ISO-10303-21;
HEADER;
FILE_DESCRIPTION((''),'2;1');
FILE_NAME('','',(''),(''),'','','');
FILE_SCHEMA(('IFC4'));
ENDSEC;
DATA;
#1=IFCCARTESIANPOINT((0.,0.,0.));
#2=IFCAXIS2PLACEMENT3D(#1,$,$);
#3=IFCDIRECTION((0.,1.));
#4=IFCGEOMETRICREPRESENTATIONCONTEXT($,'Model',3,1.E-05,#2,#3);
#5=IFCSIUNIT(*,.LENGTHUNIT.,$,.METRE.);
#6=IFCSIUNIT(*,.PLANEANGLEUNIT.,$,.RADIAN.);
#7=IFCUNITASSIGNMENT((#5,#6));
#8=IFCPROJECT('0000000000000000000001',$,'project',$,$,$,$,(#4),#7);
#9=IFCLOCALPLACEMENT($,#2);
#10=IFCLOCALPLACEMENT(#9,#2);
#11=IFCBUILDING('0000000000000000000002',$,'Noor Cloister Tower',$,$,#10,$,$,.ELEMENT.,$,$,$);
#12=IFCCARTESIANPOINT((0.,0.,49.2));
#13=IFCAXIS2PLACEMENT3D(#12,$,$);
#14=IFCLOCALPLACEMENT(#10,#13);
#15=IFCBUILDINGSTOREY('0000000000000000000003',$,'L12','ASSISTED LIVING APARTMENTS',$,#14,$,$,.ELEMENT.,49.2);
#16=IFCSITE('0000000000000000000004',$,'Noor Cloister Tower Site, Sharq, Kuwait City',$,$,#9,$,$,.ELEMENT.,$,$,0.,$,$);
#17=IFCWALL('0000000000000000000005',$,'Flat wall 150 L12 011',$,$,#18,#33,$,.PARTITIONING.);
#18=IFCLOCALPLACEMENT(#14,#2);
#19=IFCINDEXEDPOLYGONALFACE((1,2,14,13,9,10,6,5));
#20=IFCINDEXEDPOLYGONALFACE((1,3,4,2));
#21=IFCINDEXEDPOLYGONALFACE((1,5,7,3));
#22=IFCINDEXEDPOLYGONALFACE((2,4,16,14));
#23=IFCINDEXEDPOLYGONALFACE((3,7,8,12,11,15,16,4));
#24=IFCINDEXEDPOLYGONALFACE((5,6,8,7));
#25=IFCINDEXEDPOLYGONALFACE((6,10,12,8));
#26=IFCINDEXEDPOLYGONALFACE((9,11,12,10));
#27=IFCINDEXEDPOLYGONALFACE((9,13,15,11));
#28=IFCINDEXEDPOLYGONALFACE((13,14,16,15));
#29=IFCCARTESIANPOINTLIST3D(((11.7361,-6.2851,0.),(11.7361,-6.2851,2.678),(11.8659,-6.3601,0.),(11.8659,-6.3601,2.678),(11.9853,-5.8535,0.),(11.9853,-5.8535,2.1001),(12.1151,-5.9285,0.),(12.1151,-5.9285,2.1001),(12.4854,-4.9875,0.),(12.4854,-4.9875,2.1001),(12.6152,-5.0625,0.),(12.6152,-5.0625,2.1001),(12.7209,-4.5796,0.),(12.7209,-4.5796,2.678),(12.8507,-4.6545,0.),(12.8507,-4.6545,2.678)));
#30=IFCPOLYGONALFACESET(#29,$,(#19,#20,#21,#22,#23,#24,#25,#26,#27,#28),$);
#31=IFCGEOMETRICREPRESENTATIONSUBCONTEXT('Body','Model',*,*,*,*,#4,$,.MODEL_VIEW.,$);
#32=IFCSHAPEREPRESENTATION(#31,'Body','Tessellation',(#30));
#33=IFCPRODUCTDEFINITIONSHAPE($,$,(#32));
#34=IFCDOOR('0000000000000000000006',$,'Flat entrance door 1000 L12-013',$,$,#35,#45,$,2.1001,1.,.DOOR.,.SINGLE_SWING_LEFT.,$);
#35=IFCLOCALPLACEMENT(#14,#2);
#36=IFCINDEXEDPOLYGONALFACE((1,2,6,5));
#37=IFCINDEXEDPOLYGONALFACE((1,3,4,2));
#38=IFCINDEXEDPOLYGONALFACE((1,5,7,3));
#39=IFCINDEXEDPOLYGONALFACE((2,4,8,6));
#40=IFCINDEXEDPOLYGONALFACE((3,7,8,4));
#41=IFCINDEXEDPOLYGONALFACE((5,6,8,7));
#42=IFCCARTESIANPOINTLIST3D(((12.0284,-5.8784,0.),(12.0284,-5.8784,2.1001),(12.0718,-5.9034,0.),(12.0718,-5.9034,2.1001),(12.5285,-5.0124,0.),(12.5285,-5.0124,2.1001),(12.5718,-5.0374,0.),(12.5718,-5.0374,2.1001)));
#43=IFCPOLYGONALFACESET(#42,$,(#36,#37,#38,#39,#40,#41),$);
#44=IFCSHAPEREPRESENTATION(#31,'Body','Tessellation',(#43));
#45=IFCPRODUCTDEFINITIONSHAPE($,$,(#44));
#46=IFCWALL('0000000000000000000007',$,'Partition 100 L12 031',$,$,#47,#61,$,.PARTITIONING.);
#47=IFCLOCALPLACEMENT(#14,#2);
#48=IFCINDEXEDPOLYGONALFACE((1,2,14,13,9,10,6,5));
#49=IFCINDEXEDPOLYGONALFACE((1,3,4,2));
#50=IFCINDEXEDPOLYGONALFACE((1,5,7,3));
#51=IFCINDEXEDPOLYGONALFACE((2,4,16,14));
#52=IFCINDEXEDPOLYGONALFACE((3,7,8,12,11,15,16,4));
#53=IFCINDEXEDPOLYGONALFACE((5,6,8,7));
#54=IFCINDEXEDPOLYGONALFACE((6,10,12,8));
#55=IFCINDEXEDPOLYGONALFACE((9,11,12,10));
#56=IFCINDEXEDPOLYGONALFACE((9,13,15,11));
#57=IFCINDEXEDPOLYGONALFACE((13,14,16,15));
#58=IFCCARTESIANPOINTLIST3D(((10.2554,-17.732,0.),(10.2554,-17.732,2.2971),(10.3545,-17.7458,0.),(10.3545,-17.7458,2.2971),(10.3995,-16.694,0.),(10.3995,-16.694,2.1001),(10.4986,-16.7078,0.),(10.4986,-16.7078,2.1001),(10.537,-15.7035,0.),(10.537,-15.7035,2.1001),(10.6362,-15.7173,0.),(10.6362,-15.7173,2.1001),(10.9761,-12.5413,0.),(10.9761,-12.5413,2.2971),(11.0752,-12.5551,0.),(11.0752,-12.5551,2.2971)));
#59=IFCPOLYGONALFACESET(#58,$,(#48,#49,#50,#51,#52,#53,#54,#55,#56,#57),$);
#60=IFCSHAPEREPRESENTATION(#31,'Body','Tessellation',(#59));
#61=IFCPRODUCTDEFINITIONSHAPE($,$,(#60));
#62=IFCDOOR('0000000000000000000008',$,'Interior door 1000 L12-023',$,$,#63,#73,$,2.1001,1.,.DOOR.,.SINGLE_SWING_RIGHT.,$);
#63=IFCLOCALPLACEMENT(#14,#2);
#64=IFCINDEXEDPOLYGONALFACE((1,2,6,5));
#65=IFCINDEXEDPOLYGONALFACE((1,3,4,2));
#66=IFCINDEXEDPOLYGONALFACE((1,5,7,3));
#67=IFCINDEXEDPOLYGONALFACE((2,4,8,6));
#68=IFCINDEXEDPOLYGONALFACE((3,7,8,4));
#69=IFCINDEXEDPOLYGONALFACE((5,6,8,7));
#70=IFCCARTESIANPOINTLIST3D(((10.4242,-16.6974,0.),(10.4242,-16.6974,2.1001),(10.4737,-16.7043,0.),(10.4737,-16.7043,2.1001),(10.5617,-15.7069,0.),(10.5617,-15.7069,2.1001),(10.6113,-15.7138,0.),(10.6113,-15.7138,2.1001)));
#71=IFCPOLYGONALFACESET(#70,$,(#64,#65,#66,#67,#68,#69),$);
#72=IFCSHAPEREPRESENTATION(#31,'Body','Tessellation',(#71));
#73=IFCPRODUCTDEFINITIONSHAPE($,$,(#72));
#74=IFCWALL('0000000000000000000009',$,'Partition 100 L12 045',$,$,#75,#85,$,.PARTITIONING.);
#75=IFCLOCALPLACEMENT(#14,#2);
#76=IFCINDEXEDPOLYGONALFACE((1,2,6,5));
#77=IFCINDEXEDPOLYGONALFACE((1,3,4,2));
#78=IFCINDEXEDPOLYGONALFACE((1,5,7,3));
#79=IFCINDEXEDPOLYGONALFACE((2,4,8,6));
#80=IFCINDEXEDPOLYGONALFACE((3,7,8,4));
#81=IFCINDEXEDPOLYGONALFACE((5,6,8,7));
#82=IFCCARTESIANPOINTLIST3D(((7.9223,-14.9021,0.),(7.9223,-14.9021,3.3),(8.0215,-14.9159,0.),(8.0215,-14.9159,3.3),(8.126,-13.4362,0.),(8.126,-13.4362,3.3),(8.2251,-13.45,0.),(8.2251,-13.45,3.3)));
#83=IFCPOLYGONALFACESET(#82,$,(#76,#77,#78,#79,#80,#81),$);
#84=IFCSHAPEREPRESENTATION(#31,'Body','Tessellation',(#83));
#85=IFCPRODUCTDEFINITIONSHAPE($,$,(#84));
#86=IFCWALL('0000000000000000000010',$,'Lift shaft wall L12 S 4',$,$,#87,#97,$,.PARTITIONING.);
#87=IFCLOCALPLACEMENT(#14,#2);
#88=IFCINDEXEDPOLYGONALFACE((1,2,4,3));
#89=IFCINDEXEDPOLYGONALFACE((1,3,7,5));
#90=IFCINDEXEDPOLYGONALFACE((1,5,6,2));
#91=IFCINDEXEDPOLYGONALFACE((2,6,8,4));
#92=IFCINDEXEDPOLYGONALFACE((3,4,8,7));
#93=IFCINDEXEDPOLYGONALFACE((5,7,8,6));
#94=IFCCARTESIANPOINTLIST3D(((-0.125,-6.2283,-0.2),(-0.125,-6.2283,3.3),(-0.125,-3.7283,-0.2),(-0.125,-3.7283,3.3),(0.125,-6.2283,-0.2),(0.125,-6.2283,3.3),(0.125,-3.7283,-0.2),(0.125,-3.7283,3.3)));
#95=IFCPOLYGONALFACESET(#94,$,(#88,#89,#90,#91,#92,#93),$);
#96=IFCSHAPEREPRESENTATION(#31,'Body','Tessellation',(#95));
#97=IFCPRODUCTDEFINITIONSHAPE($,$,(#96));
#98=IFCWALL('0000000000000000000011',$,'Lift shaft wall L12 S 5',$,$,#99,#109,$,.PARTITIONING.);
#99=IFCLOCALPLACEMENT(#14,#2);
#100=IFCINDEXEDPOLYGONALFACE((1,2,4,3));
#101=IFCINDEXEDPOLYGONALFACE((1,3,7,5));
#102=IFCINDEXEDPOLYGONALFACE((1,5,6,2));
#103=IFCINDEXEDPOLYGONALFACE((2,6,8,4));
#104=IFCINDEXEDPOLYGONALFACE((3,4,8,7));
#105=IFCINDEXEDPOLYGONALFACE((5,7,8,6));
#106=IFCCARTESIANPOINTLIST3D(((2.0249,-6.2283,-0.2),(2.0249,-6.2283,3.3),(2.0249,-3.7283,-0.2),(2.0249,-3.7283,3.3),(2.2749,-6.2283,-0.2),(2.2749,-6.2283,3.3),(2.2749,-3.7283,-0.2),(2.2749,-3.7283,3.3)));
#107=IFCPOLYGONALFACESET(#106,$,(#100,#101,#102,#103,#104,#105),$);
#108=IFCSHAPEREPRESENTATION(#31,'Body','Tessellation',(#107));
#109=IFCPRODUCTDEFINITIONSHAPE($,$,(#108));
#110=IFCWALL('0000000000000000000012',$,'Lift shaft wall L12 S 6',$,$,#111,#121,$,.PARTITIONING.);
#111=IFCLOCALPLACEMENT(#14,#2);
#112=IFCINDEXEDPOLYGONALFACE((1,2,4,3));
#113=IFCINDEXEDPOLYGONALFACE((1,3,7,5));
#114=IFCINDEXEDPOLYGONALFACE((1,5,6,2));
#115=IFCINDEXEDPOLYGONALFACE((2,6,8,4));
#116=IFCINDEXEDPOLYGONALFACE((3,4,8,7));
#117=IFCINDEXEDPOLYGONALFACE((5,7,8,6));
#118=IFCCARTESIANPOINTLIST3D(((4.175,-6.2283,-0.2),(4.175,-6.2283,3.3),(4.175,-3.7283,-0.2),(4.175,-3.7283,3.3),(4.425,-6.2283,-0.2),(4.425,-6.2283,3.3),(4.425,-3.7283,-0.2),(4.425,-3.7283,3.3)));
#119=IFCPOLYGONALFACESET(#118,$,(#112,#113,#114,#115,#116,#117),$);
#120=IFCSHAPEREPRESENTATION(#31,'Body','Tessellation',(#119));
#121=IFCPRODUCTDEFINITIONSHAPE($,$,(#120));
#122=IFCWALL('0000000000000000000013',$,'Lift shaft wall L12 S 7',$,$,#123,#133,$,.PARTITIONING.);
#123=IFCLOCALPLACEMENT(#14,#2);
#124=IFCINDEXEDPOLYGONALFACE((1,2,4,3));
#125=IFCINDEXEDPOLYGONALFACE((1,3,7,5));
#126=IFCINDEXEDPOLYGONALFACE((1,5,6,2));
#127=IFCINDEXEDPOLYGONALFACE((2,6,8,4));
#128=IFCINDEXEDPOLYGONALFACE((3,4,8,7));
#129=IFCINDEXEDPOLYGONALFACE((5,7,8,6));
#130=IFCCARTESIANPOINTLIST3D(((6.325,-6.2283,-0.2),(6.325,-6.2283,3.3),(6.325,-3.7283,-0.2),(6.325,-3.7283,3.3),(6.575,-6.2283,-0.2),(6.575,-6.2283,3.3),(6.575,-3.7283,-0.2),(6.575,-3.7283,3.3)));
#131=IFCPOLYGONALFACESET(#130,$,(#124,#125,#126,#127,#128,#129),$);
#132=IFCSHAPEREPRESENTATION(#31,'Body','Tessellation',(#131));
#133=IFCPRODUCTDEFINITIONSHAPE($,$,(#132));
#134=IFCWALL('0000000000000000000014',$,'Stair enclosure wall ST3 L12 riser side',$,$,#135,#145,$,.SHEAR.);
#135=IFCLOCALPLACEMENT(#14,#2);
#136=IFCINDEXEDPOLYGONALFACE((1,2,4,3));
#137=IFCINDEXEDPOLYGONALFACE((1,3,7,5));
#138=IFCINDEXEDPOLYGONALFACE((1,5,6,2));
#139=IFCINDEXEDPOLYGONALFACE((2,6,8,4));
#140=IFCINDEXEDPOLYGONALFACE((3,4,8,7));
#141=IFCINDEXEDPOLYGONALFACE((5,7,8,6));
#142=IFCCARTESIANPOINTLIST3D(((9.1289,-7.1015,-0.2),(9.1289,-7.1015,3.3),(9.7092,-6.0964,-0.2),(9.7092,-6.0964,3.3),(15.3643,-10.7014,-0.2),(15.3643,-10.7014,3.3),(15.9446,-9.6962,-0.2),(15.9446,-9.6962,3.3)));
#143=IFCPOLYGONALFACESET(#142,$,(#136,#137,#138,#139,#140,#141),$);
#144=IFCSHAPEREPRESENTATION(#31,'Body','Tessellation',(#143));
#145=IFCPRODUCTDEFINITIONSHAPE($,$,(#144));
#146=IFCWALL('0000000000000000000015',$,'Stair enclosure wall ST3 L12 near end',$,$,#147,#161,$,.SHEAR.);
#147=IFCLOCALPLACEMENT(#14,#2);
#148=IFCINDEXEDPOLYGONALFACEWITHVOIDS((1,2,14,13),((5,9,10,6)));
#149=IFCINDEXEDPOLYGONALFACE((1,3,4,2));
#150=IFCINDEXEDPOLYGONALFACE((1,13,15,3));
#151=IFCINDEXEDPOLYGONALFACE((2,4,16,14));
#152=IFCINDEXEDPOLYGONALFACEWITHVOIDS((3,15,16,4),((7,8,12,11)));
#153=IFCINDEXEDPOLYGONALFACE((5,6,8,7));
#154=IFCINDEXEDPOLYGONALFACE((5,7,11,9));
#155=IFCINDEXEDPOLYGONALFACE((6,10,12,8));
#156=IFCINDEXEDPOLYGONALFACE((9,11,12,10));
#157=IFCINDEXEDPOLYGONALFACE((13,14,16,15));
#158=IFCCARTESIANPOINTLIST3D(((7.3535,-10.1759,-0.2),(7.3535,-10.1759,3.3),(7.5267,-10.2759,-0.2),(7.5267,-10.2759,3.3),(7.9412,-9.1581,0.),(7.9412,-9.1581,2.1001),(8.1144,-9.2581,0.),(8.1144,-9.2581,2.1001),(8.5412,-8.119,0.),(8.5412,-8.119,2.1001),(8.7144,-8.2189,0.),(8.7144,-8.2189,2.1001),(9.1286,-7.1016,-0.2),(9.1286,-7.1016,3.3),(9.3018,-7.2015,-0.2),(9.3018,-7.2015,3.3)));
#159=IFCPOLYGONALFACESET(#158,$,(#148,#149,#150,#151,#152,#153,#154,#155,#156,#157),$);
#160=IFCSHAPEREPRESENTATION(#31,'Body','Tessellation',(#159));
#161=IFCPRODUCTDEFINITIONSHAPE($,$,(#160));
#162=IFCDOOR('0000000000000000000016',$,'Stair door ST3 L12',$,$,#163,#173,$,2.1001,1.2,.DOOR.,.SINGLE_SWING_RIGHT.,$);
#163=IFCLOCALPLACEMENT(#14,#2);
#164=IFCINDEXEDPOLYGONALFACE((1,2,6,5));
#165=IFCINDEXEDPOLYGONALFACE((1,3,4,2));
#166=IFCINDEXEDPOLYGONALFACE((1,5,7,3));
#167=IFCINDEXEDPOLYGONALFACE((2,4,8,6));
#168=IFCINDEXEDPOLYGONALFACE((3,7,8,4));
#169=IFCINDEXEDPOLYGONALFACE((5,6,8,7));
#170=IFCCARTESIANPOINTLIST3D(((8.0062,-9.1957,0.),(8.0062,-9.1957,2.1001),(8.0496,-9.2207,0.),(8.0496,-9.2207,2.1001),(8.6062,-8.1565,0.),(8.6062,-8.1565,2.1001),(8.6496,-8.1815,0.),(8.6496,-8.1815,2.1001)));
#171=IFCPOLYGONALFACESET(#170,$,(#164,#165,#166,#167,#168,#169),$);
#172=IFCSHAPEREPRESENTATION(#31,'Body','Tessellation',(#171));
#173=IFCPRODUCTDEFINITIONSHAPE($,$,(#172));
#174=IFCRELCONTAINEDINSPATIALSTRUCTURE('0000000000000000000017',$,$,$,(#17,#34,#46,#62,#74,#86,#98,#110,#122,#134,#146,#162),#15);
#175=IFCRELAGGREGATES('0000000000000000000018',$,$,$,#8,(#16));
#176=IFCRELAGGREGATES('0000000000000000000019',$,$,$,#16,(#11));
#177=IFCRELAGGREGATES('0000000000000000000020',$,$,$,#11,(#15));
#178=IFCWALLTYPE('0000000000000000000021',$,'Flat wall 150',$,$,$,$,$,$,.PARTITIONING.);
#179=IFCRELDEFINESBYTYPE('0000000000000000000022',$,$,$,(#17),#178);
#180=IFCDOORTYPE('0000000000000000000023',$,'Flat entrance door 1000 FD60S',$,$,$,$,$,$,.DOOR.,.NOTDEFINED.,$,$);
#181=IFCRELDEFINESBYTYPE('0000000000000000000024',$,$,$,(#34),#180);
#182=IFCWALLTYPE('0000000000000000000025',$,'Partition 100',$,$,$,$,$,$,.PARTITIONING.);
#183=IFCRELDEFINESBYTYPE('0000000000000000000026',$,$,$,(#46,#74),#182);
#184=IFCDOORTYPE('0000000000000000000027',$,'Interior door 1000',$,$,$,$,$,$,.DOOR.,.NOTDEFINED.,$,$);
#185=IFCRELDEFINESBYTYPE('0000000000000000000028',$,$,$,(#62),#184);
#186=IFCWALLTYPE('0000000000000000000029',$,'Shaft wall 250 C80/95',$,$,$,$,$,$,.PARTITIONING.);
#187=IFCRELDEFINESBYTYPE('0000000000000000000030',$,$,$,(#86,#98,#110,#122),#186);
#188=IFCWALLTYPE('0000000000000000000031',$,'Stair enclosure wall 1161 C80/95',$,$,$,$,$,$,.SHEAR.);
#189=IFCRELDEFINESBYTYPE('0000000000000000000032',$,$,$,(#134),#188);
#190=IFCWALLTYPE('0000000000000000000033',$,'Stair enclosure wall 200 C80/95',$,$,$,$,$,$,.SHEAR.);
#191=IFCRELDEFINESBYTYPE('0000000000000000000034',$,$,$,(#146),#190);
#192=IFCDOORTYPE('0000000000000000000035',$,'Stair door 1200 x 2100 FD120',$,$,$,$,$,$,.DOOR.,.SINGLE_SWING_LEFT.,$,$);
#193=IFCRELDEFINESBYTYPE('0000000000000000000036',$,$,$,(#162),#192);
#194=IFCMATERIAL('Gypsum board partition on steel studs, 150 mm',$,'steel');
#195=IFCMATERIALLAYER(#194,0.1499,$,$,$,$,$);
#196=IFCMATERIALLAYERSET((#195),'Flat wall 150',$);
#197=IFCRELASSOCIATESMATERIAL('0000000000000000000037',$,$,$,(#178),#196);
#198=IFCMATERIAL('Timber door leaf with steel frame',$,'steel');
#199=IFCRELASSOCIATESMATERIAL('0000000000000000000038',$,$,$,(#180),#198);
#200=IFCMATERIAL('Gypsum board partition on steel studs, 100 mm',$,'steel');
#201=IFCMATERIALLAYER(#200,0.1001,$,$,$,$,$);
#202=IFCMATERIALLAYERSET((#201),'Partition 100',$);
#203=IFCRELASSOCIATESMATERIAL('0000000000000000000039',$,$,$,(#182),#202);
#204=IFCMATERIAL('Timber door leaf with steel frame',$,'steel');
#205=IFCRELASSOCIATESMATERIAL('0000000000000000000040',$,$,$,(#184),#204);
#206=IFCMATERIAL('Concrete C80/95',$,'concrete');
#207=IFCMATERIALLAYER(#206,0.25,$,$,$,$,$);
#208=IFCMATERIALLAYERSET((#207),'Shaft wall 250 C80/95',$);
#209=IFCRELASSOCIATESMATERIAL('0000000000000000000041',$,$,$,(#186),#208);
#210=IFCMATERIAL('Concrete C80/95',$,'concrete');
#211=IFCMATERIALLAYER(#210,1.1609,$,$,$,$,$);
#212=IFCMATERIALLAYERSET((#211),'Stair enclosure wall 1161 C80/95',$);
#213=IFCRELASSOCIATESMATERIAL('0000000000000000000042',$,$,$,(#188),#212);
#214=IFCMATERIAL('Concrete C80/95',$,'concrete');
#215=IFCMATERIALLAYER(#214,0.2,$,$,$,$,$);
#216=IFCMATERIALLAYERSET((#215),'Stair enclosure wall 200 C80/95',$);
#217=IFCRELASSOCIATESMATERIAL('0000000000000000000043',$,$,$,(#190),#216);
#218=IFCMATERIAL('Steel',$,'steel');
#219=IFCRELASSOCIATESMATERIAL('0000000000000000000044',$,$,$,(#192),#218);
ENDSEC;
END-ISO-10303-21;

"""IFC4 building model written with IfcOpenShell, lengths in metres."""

from ifc_helpers import new_model, si_unit, direction, frame, frame_2d, origin, place, context, subcontext, project, spatial, rectangle, extrude, material, layer, layer_set, type_object, element, fill, save


model = new_model("IFC4")

# Units and contexts
model_context = context("Model", 3, precision=1e-05, world=origin(), true_north=direction((0.0, 1.0)))
body_context = subcontext(model_context, "Body", "Model", "MODEL_VIEW")
ifc_project = project(units=[si_unit("LENGTHUNIT", "METRE"), si_unit("PLANEANGLEUNIT", "RADIAN")], contexts=[model_context])

# Site, building, storey
site_placement = place(None, origin())
site = spatial("IfcSite", under=ifc_project, at=site_placement, Name="Noor Cloister Tower Site, Sharq, Kuwait City", CompositionType="ELEMENT", RefElevation=0.0)
building_placement = place(site_placement, origin())
building = spatial("IfcBuilding", under=site, at=building_placement, Name="Noor Cloister Tower", CompositionType="ELEMENT")
storey_placement = place(building_placement, frame((0.0, 0.0, 49.2)))
storey = spatial("IfcBuildingStorey", under=building, at=storey_placement, Name="L12", Description="ASSISTED LIVING APARTMENTS", CompositionType="ELEMENT", Elevation=49.2)

# Shared definitions
ifc_material_1 = material(Name="Gypsum board partition on steel studs, 150 mm", Category="steel")
ifc_layer_1 = layer(ifc_material_1, 0.1499)
ifc_layer_set_1 = layer_set([ifc_layer_1], Name="Flat wall 150")
wall_type_1 = type_object("IfcWallType", Name="Flat wall 150", PredefinedType="PARTITIONING", material=ifc_layer_set_1)
ifc_material_2 = material(Name="Timber door leaf with steel frame", Category="steel")
door_type_1 = type_object("IfcDoorType", Name="Flat entrance door 1000 FD60S", OperationType="NOTDEFINED", PredefinedType="DOOR", material=ifc_material_2)

# Walls, openings, doors
wall_1_placement = place(storey_placement, frame((12.7859, -4.6169, 0.0), z_axis=(0.0, 0.0, 1.0), x_axis=(-0.500059, -0.865992, 0.0)))
wall_1 = element("IfcWall", 1, at=wall_1_placement, inside=storey, type_object=wall_type_1, Name="Flat wall 150 L12 011", PredefinedType="PARTITIONING", context=body_context, shape_type="SweptSolid", body=[
    extrude(rectangle(XDim=1.9695, YDim=0.1499, at=frame_2d((0.9849, 0.0))), origin(), (0.0, 0.0, 1.0), 2.678),
])
opening_1_placement = place(wall_1_placement, frame((0.4712, 0.0, 0.0)))
opening_1 = element("IfcOpeningElement", 2, at=opening_1_placement, cuts=wall_1, PredefinedType="OPENING", context=body_context, shape_type="SweptSolid", body=[
    extrude(rectangle(XDim=1.0, YDim=2.1001, at=frame_2d((0.5, 1.05))), frame((0.0, 0.085, 0.0), z_axis=(0.0, -1.0, 0.0), x_axis=(1.0, 0.0, 0.0)), (0.0, 0.0, 1.0), 0.1699),
])
door_1_placement = place(opening_1_placement, origin())
door_1 = element("IfcDoor", 3, at=door_1_placement, inside=storey, type_object=door_type_1, Name="Flat entrance door 1000 L12-013", OperationType="SINGLE_SWING_LEFT", OverallHeight=2.1001, OverallWidth=1.0, PredefinedType="DOOR", context=body_context, shape_type="SweptSolid", body=[
    extrude(rectangle(XDim=1.0, YDim=2.1001, at=frame_2d((0.5, 1.05))), frame((0.0, 0.0249, 0.0), z_axis=(0.0, -1.0, 0.0), x_axis=(1.0, 0.0, 0.0)), (0.0, 0.0, 1.0), 0.05),
])
fill(opening_1, door_1)
ifc_material_3 = material(Name="Gypsum board partition on steel studs, 100 mm", Category="steel")
ifc_layer_2 = layer(ifc_material_3, 0.1001)
ifc_layer_set_2 = layer_set([ifc_layer_2], Name="Partition 100")
wall_type_2 = type_object("IfcWallType", Name="Partition 100", PredefinedType="PARTITIONING", material=ifc_layer_set_2)
wall_2_placement = place(storey_placement, frame((11.0256, -12.5483, 0.0), z_axis=(0.0, 0.0, 1.0), x_axis=(-0.137526, -0.990498, 0.0)))
wall_2 = element("IfcWall", 4, at=wall_2_placement, inside=storey, type_object=wall_type_2, Name="Partition 100 L12 031", PredefinedType="PARTITIONING", context=body_context, shape_type="SweptSolid", body=[
    extrude(rectangle(XDim=5.2405, YDim=0.1001, at=frame_2d((2.6201, 0.0))), origin(), (0.0, 0.0, 1.0), 2.2971),
])
opening_2_placement = place(wall_2_placement, frame((3.1924, 0.0, 0.0)))
opening_2 = element("IfcOpeningElement", 5, at=opening_2_placement, cuts=wall_2, PredefinedType="OPENING", context=body_context, shape_type="SweptSolid", body=[
    extrude(rectangle(XDim=1.0, YDim=2.1001, at=frame_2d((0.5, 1.05))), frame((0.0, 0.0601, 0.0), z_axis=(0.0, -1.0, 0.0), x_axis=(1.0, 0.0, 0.0)), (0.0, 0.0, 1.0), 0.1201),
])
ifc_material_4 = material(Name="Timber door leaf with steel frame", Category="steel")
door_type_2 = type_object("IfcDoorType", Name="Interior door 1000", OperationType="NOTDEFINED", PredefinedType="DOOR", material=ifc_material_4)
door_2_placement = place(opening_2_placement, origin())
door_2 = element("IfcDoor", 6, at=door_2_placement, inside=storey, type_object=door_type_2, Name="Interior door 1000 L12-023", OperationType="SINGLE_SWING_RIGHT", OverallHeight=2.1001, OverallWidth=1.0, PredefinedType="DOOR", context=body_context, shape_type="SweptSolid", body=[
    extrude(rectangle(XDim=1.0, YDim=2.1001, at=frame_2d((0.5, 1.05))), frame((0.0, 0.0249, 0.0), z_axis=(0.0, -1.0, 0.0), x_axis=(1.0, 0.0, 0.0)), (0.0, 0.0, 1.0), 0.05),
])
fill(opening_2, door_2)

# Walls
wall_3_placement = place(storey_placement, frame((8.1755, -13.4431, 0.0), z_axis=(0.0, 0.0, 1.0), x_axis=(-0.137586, -0.99049, 0.0)))
element("IfcWall", 7, at=wall_3_placement, inside=storey, type_object=wall_type_2, Name="Partition 100 L12 045", PredefinedType="PARTITIONING", context=body_context, shape_type="SweptSolid", body=[
    extrude(rectangle(XDim=1.48, YDim=0.1001, at=frame_2d((0.74, 0.0))), origin(), (0.0, 0.0, 1.0), 3.3),
])
ifc_material_5 = material(Name="Concrete C80/95", Category="concrete")
ifc_layer_3 = layer(ifc_material_5, 0.25)
ifc_layer_set_3 = layer_set([ifc_layer_3], Name="Shaft wall 250 C80/95")
wall_type_3 = type_object("IfcWallType", Name="Shaft wall 250 C80/95", PredefinedType="PARTITIONING", material=ifc_layer_set_3)
for number, where, z_axis, x_axis, name in (
    (8, (0.0, -6.2283, -0.2), (0.0, 0.0, 1.0), (0.0, 1.0, 0.0), "Lift shaft wall L12 S 4"),
    (9, (2.1499, -6.2283, -0.2), (0.0, 0.0, 1.0), (0.0, 1.0, 0.0), "Lift shaft wall L12 S 5"),
    (10, (4.3, -6.2283, -0.2), (0.0, 0.0, 1.0), (0.0, 1.0, 0.0), "Lift shaft wall L12 S 6"),
    (11, (6.45, -6.2283, -0.2), (0.0, 0.0, 1.0), (0.0, 1.0, 0.0), "Lift shaft wall L12 S 7"),
):
    element("IfcWall", number, at=place(storey_placement, frame(where, z_axis=z_axis, x_axis=x_axis)), inside=storey, type_object=wall_type_3, Name=name, PredefinedType="PARTITIONING", context=body_context, shape_type="SweptSolid", body=[
        extrude(rectangle(XDim=2.5, YDim=0.25, at=frame_2d((1.25, 0.0))), origin(), (0.0, 0.0, 1.0), 3.5),
    ])
ifc_material_6 = material(Name="Concrete C80/95", Category="concrete")
ifc_layer_4 = layer(ifc_material_6, 1.1609)
ifc_layer_set_4 = layer_set([ifc_layer_4], Name="Stair enclosure wall 1161 C80/95")
wall_type_4 = type_object("IfcWallType", Name="Stair enclosure wall 1161 C80/95", PredefinedType="SHEAR", material=ifc_layer_set_4)
wall_4_placement = place(storey_placement, frame((9.4189, -6.5989, -0.2), z_axis=(0.0, 0.0, 1.0), x_axis=(0.866033, -0.499987, 0.0)))
element("IfcWall", 12, at=wall_4_placement, inside=storey, type_object=wall_type_4, Name="Stair enclosure wall ST3 L12 riser side", PredefinedType="SHEAR", context=body_context, shape_type="SweptSolid", body=[
    extrude(rectangle(XDim=7.2, YDim=1.1606, at=frame_2d((3.6001, 0.0))), origin(), (0.0, 0.0, 1.0), 3.5),
])

# Wall, opening, door
ifc_material_7 = material(Name="Concrete C80/95", Category="concrete")
ifc_layer_5 = layer(ifc_material_7, 0.2)
ifc_layer_set_5 = layer_set([ifc_layer_5], Name="Stair enclosure wall 200 C80/95")
wall_type_5 = type_object("IfcWallType", Name="Stair enclosure wall 200 C80/95", PredefinedType="SHEAR", material=ifc_layer_set_5)
wall_5_placement = place(storey_placement, frame((7.4402, -10.2258, -0.2), z_axis=(0.0, 0.0, 1.0), x_axis=(0.500022, 0.866013, 0.0)))
wall_5 = element("IfcWall", 13, at=wall_5_placement, inside=storey, type_object=wall_type_5, Name="Stair enclosure wall ST3 L12 near end", PredefinedType="SHEAR", context=body_context, shape_type="SweptSolid", body=[
    extrude(rectangle(XDim=3.55, YDim=0.2, at=frame_2d((1.7749, 0.0))), origin(), (0.0, 0.0, 1.0), 3.5),
])
opening_3_placement = place(wall_5_placement, frame((1.175, 0.0, 0.2)))
opening_3 = element("IfcOpeningElement", 14, at=opening_3_placement, cuts=wall_5, PredefinedType="OPENING", context=body_context, shape_type="SweptSolid", body=[
    extrude(rectangle(XDim=1.2, YDim=2.1001, at=frame_2d((0.6001, 1.05))), frame((0.0, 0.1099, 0.0), z_axis=(0.0, -1.0, 0.0), x_axis=(1.0, 0.0, 0.0)), (0.0, 0.0, 1.0), 0.22),
])
ifc_material_8 = material(Name="Steel", Category="steel")
door_type_3 = type_object("IfcDoorType", Name="Stair door 1200 x 2100 FD120", OperationType="SINGLE_SWING_LEFT", PredefinedType="DOOR", material=ifc_material_8)
door_3_placement = place(opening_3_placement, origin())
door_3 = element("IfcDoor", 15, at=door_3_placement, inside=storey, type_object=door_type_3, Name="Stair door ST3 L12", OperationType="SINGLE_SWING_RIGHT", OverallHeight=2.1001, OverallWidth=1.2, PredefinedType="DOOR", context=body_context, shape_type="SweptSolid", body=[
    extrude(rectangle(XDim=1.2, YDim=2.1001, at=frame_2d((0.6001, 1.05))), frame((0.0, 0.0249, 0.0), z_axis=(0.0, -1.0, 0.0), x_axis=(1.0, 0.0, 0.0)), (0.0, 0.0, 1.0), 0.05),
])
fill(opening_3, door_3)

save(model, "model.ifc")
